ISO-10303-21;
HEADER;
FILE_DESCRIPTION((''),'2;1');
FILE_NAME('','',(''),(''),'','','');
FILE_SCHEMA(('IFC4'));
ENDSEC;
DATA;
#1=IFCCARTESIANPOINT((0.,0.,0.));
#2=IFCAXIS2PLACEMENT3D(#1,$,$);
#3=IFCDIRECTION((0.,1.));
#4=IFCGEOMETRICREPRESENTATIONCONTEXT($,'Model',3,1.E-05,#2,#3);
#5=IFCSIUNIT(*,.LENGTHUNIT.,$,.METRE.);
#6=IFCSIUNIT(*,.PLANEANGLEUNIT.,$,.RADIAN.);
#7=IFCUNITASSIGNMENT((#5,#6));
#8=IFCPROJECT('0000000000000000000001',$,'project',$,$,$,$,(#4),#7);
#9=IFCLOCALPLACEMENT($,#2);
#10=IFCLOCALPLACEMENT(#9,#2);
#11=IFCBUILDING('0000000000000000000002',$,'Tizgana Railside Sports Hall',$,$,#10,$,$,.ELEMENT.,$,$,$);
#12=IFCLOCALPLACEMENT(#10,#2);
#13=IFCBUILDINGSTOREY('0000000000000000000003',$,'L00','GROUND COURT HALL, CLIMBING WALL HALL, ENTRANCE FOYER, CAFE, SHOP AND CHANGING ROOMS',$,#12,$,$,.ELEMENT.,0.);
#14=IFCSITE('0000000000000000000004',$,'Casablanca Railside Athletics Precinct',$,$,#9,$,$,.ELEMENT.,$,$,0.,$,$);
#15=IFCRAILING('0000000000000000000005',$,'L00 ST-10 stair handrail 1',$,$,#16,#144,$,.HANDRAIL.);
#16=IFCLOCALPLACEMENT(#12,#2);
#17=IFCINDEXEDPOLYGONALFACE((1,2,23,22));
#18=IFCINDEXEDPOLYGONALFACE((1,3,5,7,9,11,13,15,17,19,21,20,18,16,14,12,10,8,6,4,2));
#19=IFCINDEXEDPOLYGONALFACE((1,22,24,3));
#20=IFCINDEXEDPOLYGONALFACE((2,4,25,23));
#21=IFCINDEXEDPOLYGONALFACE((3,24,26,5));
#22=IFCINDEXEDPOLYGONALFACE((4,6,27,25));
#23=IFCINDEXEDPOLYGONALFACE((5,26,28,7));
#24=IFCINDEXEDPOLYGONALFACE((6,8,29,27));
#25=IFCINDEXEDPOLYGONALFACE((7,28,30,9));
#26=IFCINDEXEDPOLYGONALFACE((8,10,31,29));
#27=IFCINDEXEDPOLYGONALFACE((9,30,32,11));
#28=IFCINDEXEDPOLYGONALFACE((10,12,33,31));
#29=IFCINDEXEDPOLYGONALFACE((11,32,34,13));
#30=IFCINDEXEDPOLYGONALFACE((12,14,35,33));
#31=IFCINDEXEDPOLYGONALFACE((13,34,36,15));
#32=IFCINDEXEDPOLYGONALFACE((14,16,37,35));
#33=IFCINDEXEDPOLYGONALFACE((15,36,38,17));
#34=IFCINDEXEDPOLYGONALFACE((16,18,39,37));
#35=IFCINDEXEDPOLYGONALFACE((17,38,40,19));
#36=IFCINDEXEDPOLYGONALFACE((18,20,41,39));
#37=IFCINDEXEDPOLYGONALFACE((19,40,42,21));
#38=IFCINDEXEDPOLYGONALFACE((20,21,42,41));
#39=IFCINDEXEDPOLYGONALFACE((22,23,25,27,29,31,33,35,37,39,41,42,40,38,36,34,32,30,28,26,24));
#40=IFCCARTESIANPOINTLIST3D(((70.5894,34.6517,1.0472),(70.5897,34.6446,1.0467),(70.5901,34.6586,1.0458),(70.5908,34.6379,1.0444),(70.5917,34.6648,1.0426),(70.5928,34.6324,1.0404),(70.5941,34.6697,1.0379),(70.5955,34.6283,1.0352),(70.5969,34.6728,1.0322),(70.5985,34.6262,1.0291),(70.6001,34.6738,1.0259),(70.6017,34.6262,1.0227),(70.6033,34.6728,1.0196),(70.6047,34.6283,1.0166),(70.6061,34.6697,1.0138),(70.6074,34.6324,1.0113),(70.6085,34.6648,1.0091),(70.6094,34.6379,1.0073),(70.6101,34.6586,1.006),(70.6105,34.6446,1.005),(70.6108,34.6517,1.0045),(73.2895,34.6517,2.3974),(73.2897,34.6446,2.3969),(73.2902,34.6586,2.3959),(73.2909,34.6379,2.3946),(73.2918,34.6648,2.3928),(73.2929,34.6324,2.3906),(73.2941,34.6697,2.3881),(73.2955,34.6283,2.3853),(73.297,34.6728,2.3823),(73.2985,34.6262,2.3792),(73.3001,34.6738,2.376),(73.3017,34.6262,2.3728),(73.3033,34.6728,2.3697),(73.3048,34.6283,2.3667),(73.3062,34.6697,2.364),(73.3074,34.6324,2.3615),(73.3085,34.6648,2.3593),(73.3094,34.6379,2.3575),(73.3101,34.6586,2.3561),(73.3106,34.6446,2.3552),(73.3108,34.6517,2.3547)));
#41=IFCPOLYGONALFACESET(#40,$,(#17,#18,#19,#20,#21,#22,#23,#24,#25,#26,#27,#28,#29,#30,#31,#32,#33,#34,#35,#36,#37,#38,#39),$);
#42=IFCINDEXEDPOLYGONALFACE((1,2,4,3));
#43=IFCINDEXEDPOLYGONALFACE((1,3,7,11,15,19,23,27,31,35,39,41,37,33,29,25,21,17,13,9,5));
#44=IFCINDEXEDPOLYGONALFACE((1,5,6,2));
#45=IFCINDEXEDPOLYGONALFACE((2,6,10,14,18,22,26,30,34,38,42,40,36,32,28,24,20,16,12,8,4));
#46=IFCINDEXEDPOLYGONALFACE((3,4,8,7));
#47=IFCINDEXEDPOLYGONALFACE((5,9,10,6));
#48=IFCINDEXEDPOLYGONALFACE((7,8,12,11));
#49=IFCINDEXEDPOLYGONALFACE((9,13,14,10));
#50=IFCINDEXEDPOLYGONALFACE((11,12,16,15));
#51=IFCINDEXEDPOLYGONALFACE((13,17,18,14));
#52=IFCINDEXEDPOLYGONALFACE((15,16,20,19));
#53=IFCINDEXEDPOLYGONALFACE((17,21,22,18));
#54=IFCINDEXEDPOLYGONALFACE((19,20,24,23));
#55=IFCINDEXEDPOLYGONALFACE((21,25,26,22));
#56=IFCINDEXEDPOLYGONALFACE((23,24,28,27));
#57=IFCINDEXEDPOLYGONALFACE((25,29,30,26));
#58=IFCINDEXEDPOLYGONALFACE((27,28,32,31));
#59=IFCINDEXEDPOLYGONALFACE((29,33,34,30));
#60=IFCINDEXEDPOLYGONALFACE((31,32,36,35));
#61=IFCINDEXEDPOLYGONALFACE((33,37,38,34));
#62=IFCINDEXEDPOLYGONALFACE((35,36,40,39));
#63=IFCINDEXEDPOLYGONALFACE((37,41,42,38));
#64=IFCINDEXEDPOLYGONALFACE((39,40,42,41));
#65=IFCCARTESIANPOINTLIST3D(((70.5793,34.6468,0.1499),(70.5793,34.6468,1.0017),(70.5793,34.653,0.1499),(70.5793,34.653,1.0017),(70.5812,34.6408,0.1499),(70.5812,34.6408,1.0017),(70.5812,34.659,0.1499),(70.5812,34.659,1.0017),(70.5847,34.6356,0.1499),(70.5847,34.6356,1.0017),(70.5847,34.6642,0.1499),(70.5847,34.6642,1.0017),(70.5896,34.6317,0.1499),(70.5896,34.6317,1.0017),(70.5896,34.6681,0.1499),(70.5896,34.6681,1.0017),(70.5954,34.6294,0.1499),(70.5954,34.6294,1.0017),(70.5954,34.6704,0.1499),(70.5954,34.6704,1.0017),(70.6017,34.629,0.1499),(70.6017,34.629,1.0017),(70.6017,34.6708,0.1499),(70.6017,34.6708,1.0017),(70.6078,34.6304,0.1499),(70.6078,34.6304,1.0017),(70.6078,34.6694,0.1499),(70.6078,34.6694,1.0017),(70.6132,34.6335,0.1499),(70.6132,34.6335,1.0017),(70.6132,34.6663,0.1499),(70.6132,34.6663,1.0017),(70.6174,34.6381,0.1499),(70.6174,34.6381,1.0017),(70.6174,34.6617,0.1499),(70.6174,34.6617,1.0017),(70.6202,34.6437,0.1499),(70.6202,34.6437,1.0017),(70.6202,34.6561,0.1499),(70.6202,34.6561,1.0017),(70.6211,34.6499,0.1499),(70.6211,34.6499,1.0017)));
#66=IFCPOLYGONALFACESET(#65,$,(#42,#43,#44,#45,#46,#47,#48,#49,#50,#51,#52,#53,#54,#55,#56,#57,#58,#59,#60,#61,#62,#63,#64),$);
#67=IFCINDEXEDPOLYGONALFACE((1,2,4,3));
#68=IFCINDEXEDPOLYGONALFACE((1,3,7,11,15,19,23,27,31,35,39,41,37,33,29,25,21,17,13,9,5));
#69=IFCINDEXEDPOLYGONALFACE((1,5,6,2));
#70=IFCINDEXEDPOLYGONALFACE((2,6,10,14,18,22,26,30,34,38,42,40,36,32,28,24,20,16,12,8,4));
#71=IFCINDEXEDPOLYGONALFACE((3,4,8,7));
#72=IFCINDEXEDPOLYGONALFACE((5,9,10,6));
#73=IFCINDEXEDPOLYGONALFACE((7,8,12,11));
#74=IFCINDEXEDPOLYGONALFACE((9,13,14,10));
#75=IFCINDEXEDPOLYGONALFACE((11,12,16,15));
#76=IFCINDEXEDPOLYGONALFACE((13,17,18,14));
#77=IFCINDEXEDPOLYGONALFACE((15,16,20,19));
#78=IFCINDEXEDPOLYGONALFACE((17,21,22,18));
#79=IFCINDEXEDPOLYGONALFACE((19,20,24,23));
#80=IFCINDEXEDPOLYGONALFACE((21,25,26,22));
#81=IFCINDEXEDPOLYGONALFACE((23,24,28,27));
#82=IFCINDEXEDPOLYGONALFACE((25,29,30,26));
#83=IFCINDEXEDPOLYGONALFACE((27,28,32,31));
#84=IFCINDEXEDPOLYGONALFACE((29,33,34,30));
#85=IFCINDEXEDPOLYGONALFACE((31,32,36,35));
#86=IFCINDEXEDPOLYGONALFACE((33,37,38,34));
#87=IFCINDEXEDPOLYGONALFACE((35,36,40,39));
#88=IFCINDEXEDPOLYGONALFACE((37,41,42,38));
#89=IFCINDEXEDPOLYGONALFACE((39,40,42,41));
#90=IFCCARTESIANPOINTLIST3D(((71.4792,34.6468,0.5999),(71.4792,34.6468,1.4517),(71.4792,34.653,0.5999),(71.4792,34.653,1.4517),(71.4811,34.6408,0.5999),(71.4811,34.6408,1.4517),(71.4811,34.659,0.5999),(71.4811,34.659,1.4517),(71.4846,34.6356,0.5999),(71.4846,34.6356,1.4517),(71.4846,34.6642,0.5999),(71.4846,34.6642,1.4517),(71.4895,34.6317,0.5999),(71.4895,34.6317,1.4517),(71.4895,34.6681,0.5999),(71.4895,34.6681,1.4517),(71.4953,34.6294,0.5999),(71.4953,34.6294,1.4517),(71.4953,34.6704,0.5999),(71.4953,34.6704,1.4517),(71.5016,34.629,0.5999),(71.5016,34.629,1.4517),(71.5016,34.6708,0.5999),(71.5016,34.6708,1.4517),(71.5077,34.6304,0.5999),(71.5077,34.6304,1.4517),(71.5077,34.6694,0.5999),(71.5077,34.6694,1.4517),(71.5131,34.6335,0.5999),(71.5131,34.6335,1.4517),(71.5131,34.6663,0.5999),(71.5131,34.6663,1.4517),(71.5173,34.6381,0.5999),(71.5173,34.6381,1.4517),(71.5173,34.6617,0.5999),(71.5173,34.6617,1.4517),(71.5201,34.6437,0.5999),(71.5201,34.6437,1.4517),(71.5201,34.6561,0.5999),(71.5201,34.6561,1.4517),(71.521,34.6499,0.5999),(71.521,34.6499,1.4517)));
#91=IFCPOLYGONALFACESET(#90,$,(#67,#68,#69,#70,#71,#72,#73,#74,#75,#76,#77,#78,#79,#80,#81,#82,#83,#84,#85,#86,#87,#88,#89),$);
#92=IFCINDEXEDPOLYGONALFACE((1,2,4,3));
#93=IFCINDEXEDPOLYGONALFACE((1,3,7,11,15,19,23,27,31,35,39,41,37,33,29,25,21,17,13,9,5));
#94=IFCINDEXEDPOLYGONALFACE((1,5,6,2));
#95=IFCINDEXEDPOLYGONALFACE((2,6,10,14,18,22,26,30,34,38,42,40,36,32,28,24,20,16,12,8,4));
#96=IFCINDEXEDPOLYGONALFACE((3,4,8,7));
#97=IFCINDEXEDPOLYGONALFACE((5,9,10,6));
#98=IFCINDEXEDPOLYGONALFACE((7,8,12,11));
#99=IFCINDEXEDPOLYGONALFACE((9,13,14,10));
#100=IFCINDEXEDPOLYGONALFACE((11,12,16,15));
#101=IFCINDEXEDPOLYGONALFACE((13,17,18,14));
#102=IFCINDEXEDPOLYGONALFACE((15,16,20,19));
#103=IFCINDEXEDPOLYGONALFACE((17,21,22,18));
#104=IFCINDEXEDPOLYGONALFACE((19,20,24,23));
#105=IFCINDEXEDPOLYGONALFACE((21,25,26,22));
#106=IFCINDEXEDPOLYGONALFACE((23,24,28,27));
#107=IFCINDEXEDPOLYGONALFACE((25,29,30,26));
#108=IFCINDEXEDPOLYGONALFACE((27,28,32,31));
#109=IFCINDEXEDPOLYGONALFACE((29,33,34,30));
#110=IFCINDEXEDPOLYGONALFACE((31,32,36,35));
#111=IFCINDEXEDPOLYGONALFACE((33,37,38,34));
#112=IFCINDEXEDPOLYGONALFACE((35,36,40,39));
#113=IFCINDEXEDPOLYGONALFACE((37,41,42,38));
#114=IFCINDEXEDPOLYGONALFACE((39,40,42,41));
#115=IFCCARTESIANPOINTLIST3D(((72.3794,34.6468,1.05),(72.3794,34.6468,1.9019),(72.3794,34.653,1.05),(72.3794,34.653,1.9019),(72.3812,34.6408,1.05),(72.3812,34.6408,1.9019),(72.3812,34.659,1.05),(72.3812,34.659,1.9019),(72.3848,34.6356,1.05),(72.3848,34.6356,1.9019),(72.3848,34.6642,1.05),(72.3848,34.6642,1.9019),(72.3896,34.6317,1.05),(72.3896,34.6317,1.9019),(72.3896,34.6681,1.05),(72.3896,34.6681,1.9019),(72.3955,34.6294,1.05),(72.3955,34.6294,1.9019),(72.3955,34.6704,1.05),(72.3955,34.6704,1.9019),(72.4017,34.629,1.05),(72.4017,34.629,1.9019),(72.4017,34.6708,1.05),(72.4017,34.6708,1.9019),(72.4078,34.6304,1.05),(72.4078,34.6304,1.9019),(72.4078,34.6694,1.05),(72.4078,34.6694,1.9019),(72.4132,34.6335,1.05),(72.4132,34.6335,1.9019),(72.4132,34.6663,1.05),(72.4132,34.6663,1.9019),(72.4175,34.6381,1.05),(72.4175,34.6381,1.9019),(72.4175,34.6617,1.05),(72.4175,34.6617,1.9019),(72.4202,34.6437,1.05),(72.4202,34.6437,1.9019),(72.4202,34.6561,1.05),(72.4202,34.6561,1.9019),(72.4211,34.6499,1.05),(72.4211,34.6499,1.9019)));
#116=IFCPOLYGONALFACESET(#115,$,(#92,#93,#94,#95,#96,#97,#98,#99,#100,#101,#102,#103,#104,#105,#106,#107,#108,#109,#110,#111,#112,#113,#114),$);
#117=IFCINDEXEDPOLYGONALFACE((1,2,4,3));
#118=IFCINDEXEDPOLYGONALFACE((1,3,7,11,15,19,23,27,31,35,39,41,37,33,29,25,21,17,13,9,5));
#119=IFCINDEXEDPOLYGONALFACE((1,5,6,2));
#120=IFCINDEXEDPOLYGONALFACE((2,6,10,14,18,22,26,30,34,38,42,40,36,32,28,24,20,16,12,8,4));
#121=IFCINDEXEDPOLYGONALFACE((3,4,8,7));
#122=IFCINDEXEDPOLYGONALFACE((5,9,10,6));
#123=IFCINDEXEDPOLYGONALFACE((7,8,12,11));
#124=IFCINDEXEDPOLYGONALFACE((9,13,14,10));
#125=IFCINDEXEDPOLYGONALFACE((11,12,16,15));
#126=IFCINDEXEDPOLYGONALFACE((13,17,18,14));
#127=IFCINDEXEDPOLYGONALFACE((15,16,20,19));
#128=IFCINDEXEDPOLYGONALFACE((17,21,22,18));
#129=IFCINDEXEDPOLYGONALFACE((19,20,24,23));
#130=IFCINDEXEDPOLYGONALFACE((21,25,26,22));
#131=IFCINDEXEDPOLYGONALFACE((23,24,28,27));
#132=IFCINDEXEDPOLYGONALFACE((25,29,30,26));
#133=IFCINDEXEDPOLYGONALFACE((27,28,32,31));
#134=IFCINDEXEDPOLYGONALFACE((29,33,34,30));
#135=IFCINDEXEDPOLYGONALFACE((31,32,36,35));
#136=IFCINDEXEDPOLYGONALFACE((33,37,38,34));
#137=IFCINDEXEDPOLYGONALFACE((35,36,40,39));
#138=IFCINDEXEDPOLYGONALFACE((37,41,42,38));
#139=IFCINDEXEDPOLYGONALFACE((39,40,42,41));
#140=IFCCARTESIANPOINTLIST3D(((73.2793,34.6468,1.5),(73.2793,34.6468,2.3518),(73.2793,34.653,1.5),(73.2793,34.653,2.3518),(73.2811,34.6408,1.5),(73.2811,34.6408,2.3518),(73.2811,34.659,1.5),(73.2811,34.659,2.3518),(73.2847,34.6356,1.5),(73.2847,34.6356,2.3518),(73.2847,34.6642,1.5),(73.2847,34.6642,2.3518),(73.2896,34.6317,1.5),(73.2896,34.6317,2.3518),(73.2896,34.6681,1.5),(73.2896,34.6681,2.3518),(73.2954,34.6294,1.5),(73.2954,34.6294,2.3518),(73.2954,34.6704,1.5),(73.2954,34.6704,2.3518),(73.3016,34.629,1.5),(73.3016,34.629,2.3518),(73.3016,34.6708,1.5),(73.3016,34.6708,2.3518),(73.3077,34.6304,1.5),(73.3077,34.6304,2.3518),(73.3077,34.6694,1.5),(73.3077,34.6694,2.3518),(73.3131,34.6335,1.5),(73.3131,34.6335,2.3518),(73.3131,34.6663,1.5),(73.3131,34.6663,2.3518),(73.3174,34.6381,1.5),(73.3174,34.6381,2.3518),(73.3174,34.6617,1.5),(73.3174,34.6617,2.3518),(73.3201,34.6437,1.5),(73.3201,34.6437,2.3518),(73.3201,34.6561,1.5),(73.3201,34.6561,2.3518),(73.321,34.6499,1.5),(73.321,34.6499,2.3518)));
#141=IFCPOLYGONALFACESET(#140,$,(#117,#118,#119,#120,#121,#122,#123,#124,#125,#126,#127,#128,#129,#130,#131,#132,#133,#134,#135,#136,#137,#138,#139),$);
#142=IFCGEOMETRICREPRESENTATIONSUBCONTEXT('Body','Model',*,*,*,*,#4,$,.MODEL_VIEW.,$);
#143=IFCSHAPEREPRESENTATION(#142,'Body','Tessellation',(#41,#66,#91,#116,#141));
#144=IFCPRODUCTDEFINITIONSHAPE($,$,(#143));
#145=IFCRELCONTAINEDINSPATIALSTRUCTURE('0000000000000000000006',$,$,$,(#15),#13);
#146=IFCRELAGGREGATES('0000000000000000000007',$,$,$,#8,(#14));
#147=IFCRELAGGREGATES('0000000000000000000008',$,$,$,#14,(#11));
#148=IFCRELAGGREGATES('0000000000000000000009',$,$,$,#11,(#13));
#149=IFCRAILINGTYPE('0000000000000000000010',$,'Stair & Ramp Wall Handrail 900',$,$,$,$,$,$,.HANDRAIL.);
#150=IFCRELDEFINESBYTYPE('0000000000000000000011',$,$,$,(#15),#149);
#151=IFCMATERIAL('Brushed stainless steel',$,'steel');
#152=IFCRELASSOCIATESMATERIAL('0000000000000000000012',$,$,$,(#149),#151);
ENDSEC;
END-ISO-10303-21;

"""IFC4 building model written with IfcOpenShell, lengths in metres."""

from ifc_helpers import new_model, si_unit, direction, frame, origin, origin_2d, place, context, subcontext, project, spatial, circle, extrude, material, type_object, element, save


model = new_model("IFC4")

# Units and contexts
model_context = context("Model", 3, precision=1e-05, world=origin(), true_north=direction((0.0, 1.0)))
body_context = subcontext(model_context, "Body", "Model", "MODEL_VIEW")
ifc_project = project(units=[si_unit("LENGTHUNIT", "METRE"), si_unit("PLANEANGLEUNIT", "RADIAN")], contexts=[model_context])

# Site, building, storey
site_placement = place(None, origin())
site = spatial("IfcSite", under=ifc_project, at=site_placement, Name="Casablanca Railside Athletics Precinct", CompositionType="ELEMENT", RefElevation=0.0)
building_placement = place(site_placement, origin())
building = spatial("IfcBuilding", under=site, at=building_placement, Name="Tizgana Railside Sports Hall", CompositionType="ELEMENT")
storey_placement = place(building_placement, origin())
storey = spatial("IfcBuildingStorey", under=building, at=storey_placement, Name="L00", Description="GROUND COURT HALL, CLIMBING WALL HALL, ENTRANCE FOYER, CAFE, SHOP AND CHANGING ROOMS", CompositionType="ELEMENT", Elevation=0.0)

# Railing
ifc_material_1 = material(Name="Brushed stainless steel", Category="steel")
railing_type_1 = type_object("IfcRailingType", Name="Stair & Ramp Wall Handrail 900", PredefinedType="HANDRAIL", material=ifc_material_1)
railing_1_placement = place(storey_placement, frame((70.6001, 34.6499, 0.1499)))
element("IfcRailing", 1, at=railing_1_placement, inside=storey, type_object=railing_type_1, Name="L00 ST-10 stair handrail 1", PredefinedType="HANDRAIL", context=body_context, shape_type="SweptSolid", body=[
    extrude(circle(Radius=0.0239, at=origin_2d()), frame((0.0, 0.0, 0.876), z_axis=(0.894411, 0.0, 0.447246), x_axis=(0.0, 1.0, 0.0)), (0.0, 0.0, 1.0), 3.0188),
    extrude(circle(Radius=0.021, at=origin_2d()), origin(), (0.0, 0.0, 1.0), 0.8518),
    extrude(circle(Radius=0.021, at=origin_2d()), frame((0.8999, 0.0, 0.45)), (0.0, 0.0, 1.0), 0.8518),
    extrude(circle(Radius=0.021, at=origin_2d()), frame((1.8, 0.0, 0.9001)), (0.0, 0.0, 1.0), 0.8518),
    extrude(circle(Radius=0.021, at=origin_2d()), frame((2.7, 0.0, 1.3501)), (0.0, 0.0, 1.0), 0.8518),
])

save(model, "model.ifc")
